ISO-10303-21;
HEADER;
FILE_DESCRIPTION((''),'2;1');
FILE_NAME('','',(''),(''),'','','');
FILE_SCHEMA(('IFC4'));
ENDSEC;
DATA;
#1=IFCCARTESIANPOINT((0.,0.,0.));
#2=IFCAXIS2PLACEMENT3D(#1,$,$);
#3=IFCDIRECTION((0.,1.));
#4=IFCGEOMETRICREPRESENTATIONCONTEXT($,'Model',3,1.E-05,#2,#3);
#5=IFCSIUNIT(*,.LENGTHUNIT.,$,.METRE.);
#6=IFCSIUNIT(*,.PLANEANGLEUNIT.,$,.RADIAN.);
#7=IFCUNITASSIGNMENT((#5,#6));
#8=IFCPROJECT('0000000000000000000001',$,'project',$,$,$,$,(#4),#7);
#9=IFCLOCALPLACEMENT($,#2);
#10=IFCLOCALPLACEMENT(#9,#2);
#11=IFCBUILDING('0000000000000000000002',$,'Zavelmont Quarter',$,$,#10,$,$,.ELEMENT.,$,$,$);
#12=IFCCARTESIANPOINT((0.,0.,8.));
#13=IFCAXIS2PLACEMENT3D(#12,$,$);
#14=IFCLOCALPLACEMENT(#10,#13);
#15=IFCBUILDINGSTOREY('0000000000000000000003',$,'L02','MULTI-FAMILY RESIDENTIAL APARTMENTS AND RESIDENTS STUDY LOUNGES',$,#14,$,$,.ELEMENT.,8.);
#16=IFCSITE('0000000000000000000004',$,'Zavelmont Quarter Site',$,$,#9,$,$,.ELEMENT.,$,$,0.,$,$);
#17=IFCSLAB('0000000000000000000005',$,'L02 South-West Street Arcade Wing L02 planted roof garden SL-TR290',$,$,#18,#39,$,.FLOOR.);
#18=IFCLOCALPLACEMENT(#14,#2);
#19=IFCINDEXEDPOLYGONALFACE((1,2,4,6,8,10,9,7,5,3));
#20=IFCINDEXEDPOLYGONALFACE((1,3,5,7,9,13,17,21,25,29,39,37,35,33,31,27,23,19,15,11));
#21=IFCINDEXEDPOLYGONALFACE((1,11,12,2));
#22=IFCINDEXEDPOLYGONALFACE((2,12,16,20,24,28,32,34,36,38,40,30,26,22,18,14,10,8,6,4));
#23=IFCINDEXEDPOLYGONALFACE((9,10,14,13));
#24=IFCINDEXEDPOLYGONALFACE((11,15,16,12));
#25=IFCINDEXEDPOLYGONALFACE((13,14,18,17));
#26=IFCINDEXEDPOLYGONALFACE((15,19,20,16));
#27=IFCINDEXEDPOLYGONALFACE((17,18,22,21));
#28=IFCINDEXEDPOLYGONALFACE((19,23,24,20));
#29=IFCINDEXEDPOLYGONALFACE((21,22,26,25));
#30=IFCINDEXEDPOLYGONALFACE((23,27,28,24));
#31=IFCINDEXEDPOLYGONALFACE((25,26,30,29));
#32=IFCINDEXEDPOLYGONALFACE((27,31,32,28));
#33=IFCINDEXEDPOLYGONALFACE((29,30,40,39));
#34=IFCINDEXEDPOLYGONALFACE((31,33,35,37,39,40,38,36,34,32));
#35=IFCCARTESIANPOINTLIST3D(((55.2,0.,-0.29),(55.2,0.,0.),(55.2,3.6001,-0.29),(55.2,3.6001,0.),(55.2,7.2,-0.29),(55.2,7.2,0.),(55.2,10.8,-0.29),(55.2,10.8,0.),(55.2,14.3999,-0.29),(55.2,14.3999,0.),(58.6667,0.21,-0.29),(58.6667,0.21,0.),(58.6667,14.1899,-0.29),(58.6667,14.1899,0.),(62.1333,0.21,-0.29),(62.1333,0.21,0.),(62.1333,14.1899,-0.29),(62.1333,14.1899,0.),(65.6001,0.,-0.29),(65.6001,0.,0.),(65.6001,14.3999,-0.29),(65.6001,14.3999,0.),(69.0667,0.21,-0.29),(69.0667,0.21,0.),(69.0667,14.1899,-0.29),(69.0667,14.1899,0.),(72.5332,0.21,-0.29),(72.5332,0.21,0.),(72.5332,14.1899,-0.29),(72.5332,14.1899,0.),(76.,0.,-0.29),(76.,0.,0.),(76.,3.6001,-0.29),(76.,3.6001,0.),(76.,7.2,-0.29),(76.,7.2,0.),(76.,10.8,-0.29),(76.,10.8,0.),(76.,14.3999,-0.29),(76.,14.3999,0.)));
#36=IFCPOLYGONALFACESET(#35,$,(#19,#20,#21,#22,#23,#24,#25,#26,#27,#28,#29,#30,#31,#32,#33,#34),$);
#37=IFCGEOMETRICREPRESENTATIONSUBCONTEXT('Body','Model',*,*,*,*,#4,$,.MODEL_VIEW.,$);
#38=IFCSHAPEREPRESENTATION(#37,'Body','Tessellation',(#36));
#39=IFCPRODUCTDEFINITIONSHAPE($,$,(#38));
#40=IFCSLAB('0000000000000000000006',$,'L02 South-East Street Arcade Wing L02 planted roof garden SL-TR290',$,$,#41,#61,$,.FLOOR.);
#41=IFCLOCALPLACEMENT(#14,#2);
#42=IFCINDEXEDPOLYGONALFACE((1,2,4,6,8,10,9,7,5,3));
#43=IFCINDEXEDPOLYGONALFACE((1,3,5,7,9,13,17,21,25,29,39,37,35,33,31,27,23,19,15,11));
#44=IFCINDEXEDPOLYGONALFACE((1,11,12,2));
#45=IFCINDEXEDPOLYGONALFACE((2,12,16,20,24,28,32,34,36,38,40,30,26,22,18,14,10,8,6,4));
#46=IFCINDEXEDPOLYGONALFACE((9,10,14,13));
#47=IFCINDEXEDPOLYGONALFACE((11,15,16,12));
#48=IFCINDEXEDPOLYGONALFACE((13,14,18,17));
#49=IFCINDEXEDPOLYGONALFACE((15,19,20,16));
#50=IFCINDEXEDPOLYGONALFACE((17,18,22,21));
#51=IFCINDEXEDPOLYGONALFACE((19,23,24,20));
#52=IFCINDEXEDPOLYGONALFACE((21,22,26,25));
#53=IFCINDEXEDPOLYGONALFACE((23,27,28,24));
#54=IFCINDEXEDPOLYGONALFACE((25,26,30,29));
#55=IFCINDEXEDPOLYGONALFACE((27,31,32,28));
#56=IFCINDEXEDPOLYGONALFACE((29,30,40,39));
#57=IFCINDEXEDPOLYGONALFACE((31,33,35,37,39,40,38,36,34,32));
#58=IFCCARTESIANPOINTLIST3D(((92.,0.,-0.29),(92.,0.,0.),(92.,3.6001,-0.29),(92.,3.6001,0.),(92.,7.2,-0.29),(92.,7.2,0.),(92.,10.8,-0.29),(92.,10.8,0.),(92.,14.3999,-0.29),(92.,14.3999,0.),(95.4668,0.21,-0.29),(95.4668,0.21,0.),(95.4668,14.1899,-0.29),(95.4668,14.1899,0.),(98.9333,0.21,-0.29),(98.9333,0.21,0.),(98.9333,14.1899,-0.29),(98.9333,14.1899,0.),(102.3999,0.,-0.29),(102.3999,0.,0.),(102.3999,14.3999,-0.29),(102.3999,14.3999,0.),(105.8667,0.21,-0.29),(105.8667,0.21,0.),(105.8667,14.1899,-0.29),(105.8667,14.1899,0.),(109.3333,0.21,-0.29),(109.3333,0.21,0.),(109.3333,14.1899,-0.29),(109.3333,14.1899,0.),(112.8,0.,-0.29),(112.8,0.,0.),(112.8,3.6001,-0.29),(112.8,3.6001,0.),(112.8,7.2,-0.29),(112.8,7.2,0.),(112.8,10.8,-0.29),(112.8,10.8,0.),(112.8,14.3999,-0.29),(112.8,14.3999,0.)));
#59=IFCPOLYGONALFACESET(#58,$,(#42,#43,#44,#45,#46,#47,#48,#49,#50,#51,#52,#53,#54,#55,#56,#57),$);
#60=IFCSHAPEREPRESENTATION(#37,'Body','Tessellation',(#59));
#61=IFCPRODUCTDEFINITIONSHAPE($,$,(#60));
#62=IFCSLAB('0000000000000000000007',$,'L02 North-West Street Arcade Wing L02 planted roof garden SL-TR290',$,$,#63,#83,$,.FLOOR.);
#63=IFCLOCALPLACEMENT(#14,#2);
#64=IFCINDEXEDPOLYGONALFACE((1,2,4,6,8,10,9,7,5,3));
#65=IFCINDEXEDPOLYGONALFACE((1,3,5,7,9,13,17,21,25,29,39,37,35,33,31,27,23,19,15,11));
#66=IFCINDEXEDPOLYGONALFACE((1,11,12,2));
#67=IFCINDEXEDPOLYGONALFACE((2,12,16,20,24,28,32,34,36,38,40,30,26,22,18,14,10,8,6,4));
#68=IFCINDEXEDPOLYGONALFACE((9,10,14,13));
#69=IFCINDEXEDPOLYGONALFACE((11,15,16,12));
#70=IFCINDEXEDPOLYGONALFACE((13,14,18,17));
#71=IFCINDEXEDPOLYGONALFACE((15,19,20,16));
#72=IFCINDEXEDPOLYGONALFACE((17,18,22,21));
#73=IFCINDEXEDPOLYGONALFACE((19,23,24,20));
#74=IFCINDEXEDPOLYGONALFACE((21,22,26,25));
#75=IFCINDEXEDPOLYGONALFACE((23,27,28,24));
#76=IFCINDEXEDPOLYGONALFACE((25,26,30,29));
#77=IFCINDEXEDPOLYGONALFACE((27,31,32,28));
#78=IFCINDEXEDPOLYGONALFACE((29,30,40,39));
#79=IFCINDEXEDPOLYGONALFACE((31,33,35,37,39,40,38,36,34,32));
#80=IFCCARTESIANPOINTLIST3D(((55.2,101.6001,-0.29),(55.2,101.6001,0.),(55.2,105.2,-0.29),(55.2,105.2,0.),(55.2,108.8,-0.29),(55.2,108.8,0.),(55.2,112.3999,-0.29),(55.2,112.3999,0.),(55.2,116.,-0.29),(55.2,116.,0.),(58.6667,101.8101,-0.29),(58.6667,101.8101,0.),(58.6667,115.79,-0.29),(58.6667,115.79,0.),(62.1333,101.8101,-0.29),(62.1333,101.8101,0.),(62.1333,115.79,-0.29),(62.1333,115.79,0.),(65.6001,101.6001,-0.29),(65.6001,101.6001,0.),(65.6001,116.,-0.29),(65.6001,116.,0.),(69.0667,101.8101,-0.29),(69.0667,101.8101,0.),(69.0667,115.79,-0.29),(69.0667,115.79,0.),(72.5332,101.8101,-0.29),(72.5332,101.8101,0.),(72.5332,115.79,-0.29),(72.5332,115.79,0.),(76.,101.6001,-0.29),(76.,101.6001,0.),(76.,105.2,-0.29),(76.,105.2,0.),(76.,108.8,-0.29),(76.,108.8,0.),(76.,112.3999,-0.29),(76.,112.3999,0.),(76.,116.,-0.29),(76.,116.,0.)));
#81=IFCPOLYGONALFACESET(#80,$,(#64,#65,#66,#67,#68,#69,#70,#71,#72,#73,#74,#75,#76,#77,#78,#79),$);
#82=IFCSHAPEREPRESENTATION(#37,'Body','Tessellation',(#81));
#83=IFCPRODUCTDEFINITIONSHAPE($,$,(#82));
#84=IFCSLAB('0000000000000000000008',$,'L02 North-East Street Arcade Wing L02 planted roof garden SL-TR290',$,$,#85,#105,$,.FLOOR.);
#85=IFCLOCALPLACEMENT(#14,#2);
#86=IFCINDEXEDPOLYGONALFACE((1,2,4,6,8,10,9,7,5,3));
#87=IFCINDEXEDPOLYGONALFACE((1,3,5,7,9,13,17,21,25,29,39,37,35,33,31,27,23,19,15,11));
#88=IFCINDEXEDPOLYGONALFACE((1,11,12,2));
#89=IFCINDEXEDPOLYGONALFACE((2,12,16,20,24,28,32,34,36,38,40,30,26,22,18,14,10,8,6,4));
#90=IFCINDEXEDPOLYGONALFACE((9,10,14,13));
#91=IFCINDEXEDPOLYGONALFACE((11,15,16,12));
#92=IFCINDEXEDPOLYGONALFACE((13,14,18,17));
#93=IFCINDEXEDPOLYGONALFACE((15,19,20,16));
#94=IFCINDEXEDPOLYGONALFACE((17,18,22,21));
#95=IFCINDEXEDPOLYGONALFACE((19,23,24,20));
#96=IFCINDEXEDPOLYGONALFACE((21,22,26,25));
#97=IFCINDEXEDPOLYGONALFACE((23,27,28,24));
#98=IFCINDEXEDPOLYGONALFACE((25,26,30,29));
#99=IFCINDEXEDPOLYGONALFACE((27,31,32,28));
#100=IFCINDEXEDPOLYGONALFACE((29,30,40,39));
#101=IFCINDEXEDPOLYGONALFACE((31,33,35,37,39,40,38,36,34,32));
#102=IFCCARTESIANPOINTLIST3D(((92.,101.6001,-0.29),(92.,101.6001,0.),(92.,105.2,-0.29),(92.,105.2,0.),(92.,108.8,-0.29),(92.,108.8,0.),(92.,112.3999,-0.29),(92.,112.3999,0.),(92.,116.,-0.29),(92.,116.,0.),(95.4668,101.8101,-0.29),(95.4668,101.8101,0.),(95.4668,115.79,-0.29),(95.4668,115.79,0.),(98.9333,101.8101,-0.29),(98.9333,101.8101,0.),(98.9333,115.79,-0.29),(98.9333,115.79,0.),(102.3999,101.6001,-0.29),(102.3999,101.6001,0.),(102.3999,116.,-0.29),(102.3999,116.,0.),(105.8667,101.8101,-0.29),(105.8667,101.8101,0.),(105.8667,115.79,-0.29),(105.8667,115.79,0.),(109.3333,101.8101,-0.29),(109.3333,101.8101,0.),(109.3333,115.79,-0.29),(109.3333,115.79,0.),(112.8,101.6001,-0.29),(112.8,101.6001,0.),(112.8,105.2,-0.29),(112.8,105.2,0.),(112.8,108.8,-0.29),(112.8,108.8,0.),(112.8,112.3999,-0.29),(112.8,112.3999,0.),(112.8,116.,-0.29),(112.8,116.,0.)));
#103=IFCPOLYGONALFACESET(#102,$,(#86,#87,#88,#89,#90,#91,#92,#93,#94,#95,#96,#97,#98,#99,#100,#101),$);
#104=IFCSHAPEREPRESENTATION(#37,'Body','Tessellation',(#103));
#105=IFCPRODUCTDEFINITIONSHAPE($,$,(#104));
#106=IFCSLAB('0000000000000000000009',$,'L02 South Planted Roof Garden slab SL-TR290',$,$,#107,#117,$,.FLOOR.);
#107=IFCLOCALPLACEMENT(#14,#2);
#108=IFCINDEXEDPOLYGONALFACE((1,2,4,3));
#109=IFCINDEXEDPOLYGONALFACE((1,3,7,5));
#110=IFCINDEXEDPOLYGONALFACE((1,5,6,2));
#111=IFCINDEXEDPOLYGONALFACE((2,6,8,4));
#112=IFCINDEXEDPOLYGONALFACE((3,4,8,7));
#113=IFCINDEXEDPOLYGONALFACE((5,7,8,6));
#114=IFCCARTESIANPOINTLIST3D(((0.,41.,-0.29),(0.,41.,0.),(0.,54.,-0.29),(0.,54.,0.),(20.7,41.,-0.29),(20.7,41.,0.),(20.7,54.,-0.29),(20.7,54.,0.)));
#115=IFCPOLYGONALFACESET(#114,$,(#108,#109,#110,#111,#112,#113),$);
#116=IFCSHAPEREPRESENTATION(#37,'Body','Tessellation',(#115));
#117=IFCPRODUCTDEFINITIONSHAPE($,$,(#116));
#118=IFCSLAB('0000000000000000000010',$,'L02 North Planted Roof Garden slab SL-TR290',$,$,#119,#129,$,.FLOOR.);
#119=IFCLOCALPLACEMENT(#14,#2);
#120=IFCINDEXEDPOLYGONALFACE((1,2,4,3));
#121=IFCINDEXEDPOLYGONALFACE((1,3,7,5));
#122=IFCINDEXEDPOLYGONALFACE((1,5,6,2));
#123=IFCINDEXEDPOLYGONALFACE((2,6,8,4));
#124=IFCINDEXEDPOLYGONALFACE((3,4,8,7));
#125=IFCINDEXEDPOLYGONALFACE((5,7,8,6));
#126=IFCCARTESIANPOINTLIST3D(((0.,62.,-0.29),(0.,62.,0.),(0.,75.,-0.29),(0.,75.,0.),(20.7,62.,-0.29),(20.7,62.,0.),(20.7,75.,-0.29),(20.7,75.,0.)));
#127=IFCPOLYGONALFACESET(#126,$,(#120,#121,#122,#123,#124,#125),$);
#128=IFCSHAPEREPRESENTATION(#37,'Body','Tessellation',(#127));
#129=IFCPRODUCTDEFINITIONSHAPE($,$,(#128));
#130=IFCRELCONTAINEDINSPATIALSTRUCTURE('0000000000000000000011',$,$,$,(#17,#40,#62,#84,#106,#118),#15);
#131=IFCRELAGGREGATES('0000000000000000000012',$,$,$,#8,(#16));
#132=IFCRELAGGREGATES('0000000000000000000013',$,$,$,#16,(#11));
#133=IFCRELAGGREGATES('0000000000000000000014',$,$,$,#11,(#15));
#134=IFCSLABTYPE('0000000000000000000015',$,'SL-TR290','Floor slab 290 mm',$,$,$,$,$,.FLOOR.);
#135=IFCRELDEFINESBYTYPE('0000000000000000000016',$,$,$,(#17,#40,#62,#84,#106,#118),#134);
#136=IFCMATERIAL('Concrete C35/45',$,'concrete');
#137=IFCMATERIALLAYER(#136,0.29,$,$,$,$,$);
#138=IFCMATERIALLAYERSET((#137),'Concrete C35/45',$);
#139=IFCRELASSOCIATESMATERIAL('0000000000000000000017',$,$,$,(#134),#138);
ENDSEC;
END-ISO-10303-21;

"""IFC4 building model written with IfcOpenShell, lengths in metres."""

from ifc_helpers import new_model, si_unit, direction, frame, origin, place, context, subcontext, project, spatial, polyline, outline, extrude, material, layer, layer_set, type_object, element, save


model = new_model("IFC4")

# Units and contexts
model_context = context("Model", 3, precision=1e-05, world=origin(), true_north=direction((0.0, 1.0)))
body_context = subcontext(model_context, "Body", "Model", "MODEL_VIEW")
ifc_project = project(units=[si_unit("LENGTHUNIT", "METRE"), si_unit("PLANEANGLEUNIT", "RADIAN")], contexts=[model_context])

# Site, building, storey
site_placement = place(None, origin())
site = spatial("IfcSite", under=ifc_project, at=site_placement, Name="Zavelmont Quarter Site", CompositionType="ELEMENT", RefElevation=0.0)
building_placement = place(site_placement, origin())
building = spatial("IfcBuilding", under=site, at=building_placement, Name="Zavelmont Quarter", CompositionType="ELEMENT")
storey_placement = place(building_placement, frame((0.0, 0.0, 8.0)))
storey = spatial("IfcBuildingStorey", under=building, at=storey_placement, Name="L02", Description="MULTI-FAMILY RESIDENTIAL APARTMENTS AND RESIDENTS STUDY LOUNGES", CompositionType="ELEMENT", Elevation=8.0)

# Slabs
ifc_material_1 = material(Name="Concrete C35/45", Category="concrete")
ifc_layer_1 = layer(ifc_material_1, 0.29)
ifc_layer_set_1 = layer_set([ifc_layer_1], Name="Concrete C35/45")
slab_type_1 = type_object("IfcSlabType", Name="SL-TR290", Description="Floor slab 290 mm", PredefinedType="FLOOR", material=ifc_layer_set_1)
slab_1_placement = place(storey_placement, frame((0.0, 0.0, -0.29)))
element("IfcSlab", 1, at=slab_1_placement, inside=storey, type_object=slab_type_1, Name="L02 South-West Street Arcade Wing L02 planted roof garden SL-TR290", PredefinedType="FLOOR", context=body_context, shape_type="SweptSolid", body=[
    extrude(outline(polyline([(55.2, 0.0), (58.6667, 0.21), (62.1333, 0.21), (65.6001, 0.0), (69.0667, 0.21), (72.5332, 0.21), (76.0, 0.0), (76.0, 3.6001), (76.0, 7.2), (76.0, 10.8), (76.0, 14.3999), (72.5332, 14.1899), (69.0667, 14.1899), (65.6001, 14.3999), (62.1333, 14.1899), (58.6667, 14.1899), (55.2, 14.3999), (55.2, 10.8), (55.2, 7.2), (55.2, 3.6001), (55.2, 0.0)])), origin(), (0.0, 0.0, 1.0), 0.29),
])
slab_2_placement = place(storey_placement, frame((0.0, 0.0, -0.29)))
element("IfcSlab", 2, at=slab_2_placement, inside=storey, type_object=slab_type_1, Name="L02 South-East Street Arcade Wing L02 planted roof garden SL-TR290", PredefinedType="FLOOR", context=body_context, shape_type="SweptSolid", body=[
    extrude(outline(polyline([(92.0, 0.0), (95.4668, 0.21), (98.9333, 0.21), (102.3999, 0.0), (105.8667, 0.21), (109.3333, 0.21), (112.8, 0.0), (112.8, 3.6001), (112.8, 7.2), (112.8, 10.8), (112.8, 14.3999), (109.3333, 14.1899), (105.8667, 14.1899), (102.3999, 14.3999), (98.9333, 14.1899), (95.4668, 14.1899), (92.0, 14.3999), (92.0, 10.8), (92.0, 7.2), (92.0, 3.6001), (92.0, 0.0)])), origin(), (0.0, 0.0, 1.0), 0.29),
])
slab_3_placement = place(storey_placement, frame((0.0, 0.0, -0.29)))
element("IfcSlab", 3, at=slab_3_placement, inside=storey, type_object=slab_type_1, Name="L02 North-West Street Arcade Wing L02 planted roof garden SL-TR290", PredefinedType="FLOOR", context=body_context, shape_type="SweptSolid", body=[
    extrude(outline(polyline([(55.2, 101.6001), (58.6667, 101.8101), (62.1333, 101.8101), (65.6001, 101.6001), (69.0667, 101.8101), (72.5332, 101.8101), (76.0, 101.6001), (76.0, 105.2), (76.0, 108.8), (76.0, 112.3999), (76.0, 116.0), (72.5332, 115.79), (69.0667, 115.79), (65.6001, 116.0), (62.1333, 115.79), (58.6667, 115.79), (55.2, 116.0), (55.2, 112.3999), (55.2, 108.8), (55.2, 105.2), (55.2, 101.6001)])), origin(), (0.0, 0.0, 1.0), 0.29),
])
slab_4_placement = place(storey_placement, frame((0.0, 0.0, -0.29)))
element("IfcSlab", 4, at=slab_4_placement, inside=storey, type_object=slab_type_1, Name="L02 North-East Street Arcade Wing L02 planted roof garden SL-TR290", PredefinedType="FLOOR", context=body_context, shape_type="SweptSolid", body=[
    extrude(outline(polyline([(92.0, 101.6001), (95.4668, 101.8101), (98.9333, 101.8101), (102.3999, 101.6001), (105.8667, 101.8101), (109.3333, 101.8101), (112.8, 101.6001), (112.8, 105.2), (112.8, 108.8), (112.8, 112.3999), (112.8, 116.0), (109.3333, 115.79), (105.8667, 115.79), (102.3999, 116.0), (98.9333, 115.79), (95.4668, 115.79), (92.0, 116.0), (92.0, 112.3999), (92.0, 108.8), (92.0, 105.2), (92.0, 101.6001)])), origin(), (0.0, 0.0, 1.0), 0.29),
])
slab_5_placement = place(storey_placement, frame((0.0, 0.0, -0.29)))
element("IfcSlab", 5, at=slab_5_placement, inside=storey, type_object=slab_type_1, Name="L02 South Planted Roof Garden slab SL-TR290", PredefinedType="FLOOR", context=body_context, shape_type="SweptSolid", body=[
    extrude(outline(polyline([(0.0, 41.0), (20.7, 41.0), (20.7, 54.0), (0.0, 54.0), (0.0, 41.0)])), origin(), (0.0, 0.0, 1.0), 0.29),
])
slab_6_placement = place(storey_placement, frame((0.0, 0.0, -0.29)))
element("IfcSlab", 6, at=slab_6_placement, inside=storey, type_object=slab_type_1, Name="L02 North Planted Roof Garden slab SL-TR290", PredefinedType="FLOOR", context=body_context, shape_type="SweptSolid", body=[
    extrude(outline(polyline([(0.0, 62.0), (20.7, 62.0), (20.7, 75.0), (0.0, 75.0), (0.0, 62.0)])), origin(), (0.0, 0.0, 1.0), 0.29),
])

save(model, "model.ifc")
